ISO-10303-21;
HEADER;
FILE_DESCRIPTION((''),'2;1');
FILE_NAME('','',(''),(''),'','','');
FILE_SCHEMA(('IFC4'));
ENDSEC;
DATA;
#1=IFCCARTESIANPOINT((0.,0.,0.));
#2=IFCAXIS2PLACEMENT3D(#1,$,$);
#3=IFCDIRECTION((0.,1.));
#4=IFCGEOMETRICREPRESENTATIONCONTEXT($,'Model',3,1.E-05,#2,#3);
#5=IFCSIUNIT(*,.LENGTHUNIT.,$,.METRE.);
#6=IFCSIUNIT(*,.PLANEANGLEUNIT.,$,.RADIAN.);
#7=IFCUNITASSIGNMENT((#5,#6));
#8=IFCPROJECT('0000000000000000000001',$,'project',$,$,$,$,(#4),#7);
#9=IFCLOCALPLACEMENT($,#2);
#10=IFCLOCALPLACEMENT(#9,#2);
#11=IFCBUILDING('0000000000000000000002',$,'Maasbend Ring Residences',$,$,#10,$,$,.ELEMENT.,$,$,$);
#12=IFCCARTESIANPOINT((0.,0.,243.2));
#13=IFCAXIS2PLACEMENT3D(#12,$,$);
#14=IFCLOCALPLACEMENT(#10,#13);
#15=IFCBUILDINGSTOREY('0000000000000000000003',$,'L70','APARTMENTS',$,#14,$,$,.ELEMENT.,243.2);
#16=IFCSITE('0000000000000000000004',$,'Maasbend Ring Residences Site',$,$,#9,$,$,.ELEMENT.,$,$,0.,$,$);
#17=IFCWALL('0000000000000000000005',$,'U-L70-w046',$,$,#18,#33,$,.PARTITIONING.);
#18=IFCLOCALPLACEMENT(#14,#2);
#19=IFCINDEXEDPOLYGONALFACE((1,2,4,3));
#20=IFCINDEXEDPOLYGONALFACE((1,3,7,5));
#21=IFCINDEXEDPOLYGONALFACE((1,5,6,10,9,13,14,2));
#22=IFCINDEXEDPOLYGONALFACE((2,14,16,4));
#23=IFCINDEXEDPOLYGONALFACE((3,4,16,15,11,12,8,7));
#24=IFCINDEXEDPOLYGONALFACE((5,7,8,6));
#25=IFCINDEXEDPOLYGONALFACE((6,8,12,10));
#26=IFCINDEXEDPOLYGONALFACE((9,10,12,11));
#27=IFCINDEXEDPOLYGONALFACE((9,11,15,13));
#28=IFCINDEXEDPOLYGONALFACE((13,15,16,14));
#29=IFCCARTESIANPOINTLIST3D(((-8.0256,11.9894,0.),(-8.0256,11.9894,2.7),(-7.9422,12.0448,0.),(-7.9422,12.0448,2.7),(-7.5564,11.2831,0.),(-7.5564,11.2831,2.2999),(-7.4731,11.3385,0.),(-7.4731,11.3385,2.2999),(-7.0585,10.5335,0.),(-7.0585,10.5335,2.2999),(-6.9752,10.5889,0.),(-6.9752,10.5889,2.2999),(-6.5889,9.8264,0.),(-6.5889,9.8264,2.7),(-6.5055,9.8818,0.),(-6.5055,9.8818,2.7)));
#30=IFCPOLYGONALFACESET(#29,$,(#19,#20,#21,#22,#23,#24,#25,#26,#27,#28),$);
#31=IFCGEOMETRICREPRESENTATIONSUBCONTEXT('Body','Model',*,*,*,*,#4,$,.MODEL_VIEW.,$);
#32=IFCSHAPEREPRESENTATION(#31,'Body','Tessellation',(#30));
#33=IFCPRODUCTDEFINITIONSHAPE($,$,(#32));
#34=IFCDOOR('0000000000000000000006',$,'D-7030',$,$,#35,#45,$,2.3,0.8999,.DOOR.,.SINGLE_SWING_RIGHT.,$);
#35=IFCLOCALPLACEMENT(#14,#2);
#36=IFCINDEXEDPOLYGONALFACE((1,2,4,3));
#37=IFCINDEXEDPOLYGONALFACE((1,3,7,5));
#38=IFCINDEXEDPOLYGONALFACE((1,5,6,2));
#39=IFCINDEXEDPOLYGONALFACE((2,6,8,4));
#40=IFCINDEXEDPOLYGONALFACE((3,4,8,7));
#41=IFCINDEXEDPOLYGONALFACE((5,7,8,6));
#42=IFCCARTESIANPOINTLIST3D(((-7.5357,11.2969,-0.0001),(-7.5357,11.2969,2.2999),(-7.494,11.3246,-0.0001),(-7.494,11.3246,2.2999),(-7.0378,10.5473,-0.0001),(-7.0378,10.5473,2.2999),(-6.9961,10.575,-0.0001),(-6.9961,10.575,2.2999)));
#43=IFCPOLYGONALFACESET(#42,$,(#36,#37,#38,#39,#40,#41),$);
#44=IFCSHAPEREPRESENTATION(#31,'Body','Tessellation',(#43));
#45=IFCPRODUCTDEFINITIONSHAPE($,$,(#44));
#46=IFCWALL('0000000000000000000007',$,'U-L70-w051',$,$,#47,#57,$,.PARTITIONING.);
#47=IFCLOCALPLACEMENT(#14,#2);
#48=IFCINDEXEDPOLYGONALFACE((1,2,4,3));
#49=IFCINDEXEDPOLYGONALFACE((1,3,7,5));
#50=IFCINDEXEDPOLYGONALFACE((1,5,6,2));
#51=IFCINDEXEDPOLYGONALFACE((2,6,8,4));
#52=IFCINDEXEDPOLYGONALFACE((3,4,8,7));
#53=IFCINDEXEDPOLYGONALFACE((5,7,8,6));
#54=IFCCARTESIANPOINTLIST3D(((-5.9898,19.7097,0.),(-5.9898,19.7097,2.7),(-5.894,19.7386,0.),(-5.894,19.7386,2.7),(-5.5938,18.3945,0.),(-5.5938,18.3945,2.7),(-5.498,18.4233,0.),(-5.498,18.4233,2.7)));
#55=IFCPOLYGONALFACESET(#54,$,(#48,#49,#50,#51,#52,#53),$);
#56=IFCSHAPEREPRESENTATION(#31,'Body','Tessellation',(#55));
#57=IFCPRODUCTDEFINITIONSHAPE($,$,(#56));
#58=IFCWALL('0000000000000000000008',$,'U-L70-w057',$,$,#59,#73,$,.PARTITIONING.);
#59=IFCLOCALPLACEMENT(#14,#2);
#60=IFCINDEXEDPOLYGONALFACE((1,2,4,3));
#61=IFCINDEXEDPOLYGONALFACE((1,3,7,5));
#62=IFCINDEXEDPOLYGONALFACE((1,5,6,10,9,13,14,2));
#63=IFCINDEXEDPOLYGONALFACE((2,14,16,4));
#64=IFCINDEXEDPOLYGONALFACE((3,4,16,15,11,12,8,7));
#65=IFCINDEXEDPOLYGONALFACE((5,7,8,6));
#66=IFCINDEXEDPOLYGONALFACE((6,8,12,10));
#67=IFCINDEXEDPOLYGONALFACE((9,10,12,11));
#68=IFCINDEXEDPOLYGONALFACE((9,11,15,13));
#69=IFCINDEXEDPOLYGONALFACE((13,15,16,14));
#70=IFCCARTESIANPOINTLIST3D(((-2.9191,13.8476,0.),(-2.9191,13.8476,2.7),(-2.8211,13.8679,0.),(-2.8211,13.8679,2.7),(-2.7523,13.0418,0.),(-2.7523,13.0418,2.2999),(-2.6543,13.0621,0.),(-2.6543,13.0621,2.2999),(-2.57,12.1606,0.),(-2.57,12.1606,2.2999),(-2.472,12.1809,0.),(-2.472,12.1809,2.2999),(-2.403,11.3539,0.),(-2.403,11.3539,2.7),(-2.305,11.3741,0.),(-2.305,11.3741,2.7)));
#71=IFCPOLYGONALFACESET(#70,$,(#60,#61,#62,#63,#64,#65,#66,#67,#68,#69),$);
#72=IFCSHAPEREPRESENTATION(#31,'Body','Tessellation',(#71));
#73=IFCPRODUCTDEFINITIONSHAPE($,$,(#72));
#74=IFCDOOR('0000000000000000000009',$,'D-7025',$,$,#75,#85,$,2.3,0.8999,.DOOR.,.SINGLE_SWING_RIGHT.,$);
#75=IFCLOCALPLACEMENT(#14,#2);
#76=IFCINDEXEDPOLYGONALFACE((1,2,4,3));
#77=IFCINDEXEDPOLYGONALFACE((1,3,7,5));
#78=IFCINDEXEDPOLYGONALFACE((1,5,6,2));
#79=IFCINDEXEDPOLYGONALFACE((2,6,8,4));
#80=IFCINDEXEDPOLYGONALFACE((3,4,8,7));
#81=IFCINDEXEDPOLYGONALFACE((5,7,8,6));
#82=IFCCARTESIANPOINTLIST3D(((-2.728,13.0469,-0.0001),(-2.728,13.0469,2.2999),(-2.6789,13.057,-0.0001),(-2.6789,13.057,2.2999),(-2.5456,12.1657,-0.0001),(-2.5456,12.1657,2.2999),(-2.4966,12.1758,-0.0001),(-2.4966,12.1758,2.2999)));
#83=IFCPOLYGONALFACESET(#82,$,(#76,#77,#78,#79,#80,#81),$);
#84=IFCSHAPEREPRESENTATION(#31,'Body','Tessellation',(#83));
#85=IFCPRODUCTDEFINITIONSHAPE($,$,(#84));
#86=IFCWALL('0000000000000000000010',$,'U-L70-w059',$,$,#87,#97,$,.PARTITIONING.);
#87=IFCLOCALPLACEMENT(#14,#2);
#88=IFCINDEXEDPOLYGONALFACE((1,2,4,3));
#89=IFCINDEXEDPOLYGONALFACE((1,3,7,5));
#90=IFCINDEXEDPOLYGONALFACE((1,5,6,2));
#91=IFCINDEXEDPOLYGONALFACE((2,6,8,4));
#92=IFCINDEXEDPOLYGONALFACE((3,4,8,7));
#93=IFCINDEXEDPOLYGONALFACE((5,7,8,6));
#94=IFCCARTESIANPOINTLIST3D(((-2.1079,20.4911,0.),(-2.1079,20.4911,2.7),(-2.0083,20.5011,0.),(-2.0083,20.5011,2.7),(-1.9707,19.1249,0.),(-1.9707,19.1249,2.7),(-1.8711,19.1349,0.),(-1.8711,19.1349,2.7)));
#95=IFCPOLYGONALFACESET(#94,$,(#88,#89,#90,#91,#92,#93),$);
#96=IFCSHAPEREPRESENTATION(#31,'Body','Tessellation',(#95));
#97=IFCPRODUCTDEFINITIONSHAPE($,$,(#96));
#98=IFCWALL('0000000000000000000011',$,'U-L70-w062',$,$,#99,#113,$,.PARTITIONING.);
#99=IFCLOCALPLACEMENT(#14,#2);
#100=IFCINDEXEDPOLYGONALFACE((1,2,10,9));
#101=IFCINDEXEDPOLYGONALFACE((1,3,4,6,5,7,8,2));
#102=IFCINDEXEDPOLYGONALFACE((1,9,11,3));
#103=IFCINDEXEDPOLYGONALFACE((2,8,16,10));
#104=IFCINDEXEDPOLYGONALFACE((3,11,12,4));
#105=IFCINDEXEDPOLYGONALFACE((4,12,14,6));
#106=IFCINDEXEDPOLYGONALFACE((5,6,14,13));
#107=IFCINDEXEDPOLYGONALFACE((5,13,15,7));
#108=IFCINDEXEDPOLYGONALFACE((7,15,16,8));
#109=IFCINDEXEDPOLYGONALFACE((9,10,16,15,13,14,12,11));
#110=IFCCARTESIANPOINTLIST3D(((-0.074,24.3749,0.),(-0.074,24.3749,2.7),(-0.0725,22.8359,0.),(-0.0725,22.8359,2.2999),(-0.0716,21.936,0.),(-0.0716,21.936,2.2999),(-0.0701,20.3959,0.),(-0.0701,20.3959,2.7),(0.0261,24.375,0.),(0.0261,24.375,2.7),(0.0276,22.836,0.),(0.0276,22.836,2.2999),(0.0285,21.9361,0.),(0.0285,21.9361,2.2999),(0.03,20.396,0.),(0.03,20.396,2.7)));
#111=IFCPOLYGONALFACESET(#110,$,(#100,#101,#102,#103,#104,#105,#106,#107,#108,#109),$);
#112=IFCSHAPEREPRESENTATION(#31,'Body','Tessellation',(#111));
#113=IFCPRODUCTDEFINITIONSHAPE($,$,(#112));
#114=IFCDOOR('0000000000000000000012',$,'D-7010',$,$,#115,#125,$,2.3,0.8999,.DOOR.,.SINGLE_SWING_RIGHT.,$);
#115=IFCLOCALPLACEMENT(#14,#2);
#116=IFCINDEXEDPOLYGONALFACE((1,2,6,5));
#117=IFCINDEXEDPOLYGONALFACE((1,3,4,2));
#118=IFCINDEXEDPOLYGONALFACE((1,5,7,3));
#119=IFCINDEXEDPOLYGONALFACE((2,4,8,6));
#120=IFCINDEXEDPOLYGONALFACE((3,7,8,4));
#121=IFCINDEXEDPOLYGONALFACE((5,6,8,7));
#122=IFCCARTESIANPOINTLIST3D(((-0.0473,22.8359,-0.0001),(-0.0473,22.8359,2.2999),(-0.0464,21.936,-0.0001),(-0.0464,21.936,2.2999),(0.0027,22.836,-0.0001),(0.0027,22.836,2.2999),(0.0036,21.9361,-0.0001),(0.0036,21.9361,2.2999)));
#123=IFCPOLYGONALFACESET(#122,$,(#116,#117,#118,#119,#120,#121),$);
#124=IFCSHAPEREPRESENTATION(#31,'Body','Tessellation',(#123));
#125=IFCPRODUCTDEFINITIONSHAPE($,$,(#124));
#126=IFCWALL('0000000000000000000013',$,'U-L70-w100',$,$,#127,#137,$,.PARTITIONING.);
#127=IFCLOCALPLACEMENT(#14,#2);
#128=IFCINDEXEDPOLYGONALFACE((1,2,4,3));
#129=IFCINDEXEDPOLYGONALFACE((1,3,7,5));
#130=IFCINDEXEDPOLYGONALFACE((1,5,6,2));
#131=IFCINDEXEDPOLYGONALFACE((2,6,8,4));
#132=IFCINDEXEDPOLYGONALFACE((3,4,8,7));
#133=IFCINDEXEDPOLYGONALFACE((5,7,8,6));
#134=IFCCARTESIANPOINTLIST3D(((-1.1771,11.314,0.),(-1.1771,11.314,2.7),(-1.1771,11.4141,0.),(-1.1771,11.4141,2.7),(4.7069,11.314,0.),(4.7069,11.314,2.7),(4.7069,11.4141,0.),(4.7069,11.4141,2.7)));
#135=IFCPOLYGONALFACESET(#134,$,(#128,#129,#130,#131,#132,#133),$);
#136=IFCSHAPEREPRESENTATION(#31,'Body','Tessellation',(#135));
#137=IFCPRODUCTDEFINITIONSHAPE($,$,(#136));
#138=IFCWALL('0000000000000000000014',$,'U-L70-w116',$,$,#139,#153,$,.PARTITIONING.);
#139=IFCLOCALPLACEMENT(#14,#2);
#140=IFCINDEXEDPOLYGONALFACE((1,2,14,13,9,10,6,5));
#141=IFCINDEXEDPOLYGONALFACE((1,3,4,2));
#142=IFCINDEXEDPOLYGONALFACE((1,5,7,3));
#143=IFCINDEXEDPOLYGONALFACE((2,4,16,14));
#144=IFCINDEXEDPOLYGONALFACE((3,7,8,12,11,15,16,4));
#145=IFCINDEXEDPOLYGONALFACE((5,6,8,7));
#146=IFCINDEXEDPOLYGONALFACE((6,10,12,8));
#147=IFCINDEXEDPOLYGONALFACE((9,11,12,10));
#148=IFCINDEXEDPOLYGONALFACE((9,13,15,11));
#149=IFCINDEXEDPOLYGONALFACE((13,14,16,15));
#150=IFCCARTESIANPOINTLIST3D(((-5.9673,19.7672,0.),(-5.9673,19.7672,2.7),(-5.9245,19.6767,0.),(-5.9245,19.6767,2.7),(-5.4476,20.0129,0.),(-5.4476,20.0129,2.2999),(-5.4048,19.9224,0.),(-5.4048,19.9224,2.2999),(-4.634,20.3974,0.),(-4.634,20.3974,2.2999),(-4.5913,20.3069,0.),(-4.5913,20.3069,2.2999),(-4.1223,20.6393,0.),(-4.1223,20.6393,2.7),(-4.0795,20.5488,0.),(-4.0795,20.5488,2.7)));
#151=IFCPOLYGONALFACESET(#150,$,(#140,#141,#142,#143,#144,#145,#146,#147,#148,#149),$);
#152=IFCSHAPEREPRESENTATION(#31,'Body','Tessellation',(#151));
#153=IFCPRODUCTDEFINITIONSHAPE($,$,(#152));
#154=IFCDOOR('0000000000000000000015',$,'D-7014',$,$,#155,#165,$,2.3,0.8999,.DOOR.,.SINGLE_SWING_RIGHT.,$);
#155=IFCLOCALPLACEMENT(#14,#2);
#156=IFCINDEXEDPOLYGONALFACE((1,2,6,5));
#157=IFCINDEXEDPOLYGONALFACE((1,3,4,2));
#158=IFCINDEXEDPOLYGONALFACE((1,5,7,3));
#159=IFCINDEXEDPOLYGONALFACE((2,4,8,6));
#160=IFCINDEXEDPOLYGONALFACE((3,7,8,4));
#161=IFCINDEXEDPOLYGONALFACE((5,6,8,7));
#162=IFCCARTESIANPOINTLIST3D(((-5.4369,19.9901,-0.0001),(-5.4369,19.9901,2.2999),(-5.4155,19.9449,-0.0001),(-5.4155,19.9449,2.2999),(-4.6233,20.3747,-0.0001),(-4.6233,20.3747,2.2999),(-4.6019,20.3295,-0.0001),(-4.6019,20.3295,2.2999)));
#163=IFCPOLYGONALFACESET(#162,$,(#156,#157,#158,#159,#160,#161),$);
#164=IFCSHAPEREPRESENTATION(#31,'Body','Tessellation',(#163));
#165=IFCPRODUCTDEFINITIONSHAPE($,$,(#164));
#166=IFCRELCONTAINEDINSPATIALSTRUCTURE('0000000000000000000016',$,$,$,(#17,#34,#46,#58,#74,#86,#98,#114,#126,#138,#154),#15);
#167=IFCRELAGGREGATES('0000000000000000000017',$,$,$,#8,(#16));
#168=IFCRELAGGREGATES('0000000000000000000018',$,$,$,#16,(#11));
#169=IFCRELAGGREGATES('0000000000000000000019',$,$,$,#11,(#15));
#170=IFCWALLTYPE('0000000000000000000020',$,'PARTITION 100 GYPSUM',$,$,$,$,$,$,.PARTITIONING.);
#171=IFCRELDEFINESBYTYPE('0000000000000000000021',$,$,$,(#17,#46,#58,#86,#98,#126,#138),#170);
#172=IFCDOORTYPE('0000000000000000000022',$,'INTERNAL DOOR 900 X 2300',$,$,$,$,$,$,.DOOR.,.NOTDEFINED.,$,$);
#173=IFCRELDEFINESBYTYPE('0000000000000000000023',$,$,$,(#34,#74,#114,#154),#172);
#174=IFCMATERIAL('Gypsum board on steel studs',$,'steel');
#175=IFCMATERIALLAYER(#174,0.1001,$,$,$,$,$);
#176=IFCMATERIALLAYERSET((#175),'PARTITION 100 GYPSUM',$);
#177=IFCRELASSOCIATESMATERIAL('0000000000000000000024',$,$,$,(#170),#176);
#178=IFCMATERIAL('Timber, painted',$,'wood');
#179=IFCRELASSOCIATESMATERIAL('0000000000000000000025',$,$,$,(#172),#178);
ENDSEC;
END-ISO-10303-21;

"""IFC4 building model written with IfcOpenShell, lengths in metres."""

from ifc_helpers import new_model, si_unit, direction, frame, frame_2d, origin, place, context, subcontext, project, spatial, rectangle, extrude, material, layer, layer_set, type_object, element, fill, save


model = new_model("IFC4")

# Units and contexts
model_context = context("Model", 3, precision=1e-05, world=origin(), true_north=direction((0.0, 1.0)))
body_context = subcontext(model_context, "Body", "Model", "MODEL_VIEW")
ifc_project = project(units=[si_unit("LENGTHUNIT", "METRE"), si_unit("PLANEANGLEUNIT", "RADIAN")], contexts=[model_context])

# Site, building, storey
site_placement = place(None, origin())
site = spatial("IfcSite", under=ifc_project, at=site_placement, Name="Maasbend Ring Residences Site", CompositionType="ELEMENT", RefElevation=0.0)
building_placement = place(site_placement, origin())
building = spatial("IfcBuilding", under=site, at=building_placement, Name="Maasbend Ring Residences", CompositionType="ELEMENT")
storey_placement = place(building_placement, frame((0.0, 0.0, 243.2)))
storey = spatial("IfcBuildingStorey", under=building, at=storey_placement, Name="L70", Description="APARTMENTS", CompositionType="ELEMENT", Elevation=243.2)

# Wall, opening, door
ifc_material_1 = material(Name="Gypsum board on steel studs", Category="steel")
ifc_layer_1 = layer(ifc_material_1, 0.1001)
ifc_layer_set_1 = layer_set([ifc_layer_1], Name="PARTITION 100 GYPSUM")
wall_type_1 = type_object("IfcWallType", Name="PARTITION 100 GYPSUM", PredefinedType="PARTITIONING", material=ifc_layer_set_1)
wall_1_placement = place(storey_placement, frame((-7.9839, 12.0171, 0.0), z_axis=(0.0, 0.0, 1.0), x_axis=(0.553289, -0.832989, 0.0)))
wall_1 = element("IfcWall", 1, at=wall_1_placement, inside=storey, type_object=wall_type_1, Name="U-L70-w046", PredefinedType="PARTITIONING", context=body_context, shape_type="SweptSolid", body=[
    extrude(rectangle(XDim=2.5967, YDim=0.1001, at=frame_2d((1.2983, 0.0))), origin(), (0.0, 0.0, 1.0), 2.7),
])
opening_1_placement = place(wall_1_placement, frame((0.8479, 0.0, 0.0)))
opening_1 = element("IfcOpeningElement", 2, at=opening_1_placement, cuts=wall_1, PredefinedType="OPENING", context=body_context, shape_type="SweptSolid", body=[
    extrude(rectangle(XDim=0.8999, YDim=2.3, at=frame_2d((0.45, 1.1499))), frame((0.0, 0.0601, 0.0), z_axis=(0.0, -1.0, 0.0), x_axis=(1.0, 0.0, 0.0)), (0.0, 0.0, 1.0), 0.1201),
])
ifc_material_2 = material(Name="Timber, painted", Category="wood")
door_type_1 = type_object("IfcDoorType", Name="INTERNAL DOOR 900 X 2300", OperationType="NOTDEFINED", PredefinedType="DOOR", material=ifc_material_2)
door_1_placement = place(opening_1_placement, origin())
door_1 = element("IfcDoor", 3, at=door_1_placement, inside=storey, type_object=door_type_1, Name="D-7030", OperationType="SINGLE_SWING_RIGHT", OverallHeight=2.3, OverallWidth=0.8999, PredefinedType="DOOR", context=body_context, shape_type="SweptSolid", body=[
    extrude(rectangle(XDim=0.8999, YDim=2.3, at=frame_2d((0.45, 1.1499))), frame((0.0, 0.0249, 0.0), z_axis=(0.0, -1.0, 0.0), x_axis=(1.0, 0.0, 0.0)), (0.0, 0.0, 1.0), 0.05),
])
fill(opening_1, door_1)

# Wall
wall_2_placement = place(storey_placement, frame((-5.9419, 19.7241, 0.0), z_axis=(0.0, 0.0, 1.0), x_axis=(0.28831, -0.957537, 0.0)))
element("IfcWall", 4, at=wall_2_placement, inside=storey, type_object=wall_type_1, Name="U-L70-w051", PredefinedType="PARTITIONING", context=body_context, shape_type="SweptSolid", body=[
    extrude(rectangle(XDim=1.3735, YDim=0.1001, at=frame_2d((0.6868, 0.0))), origin(), (0.0, 0.0, 1.0), 2.7),
])

# Wall, opening, door
wall_3_placement = place(storey_placement, frame((-2.8701, 13.8579, 0.0), z_axis=(0.0, 0.0, 1.0), x_axis=(0.202656, -0.97925, 0.0)))
wall_3 = element("IfcWall", 5, at=wall_3_placement, inside=storey, type_object=wall_type_1, Name="U-L70-w057", PredefinedType="PARTITIONING", context=body_context, shape_type="SweptSolid", body=[
    extrude(rectangle(XDim=2.5466, YDim=0.1001, at=frame_2d((1.2734, 0.0))), origin(), (0.0, 0.0, 1.0), 2.7),
])
opening_2_placement = place(wall_3_placement, frame((0.823, 0.0, 0.0)))
opening_2 = element("IfcOpeningElement", 6, at=opening_2_placement, cuts=wall_3, PredefinedType="OPENING", context=body_context, shape_type="SweptSolid", body=[
    extrude(rectangle(XDim=0.8999, YDim=2.3, at=frame_2d((0.45, 1.1499))), frame((0.0, 0.0601, 0.0), z_axis=(0.0, -1.0, 0.0), x_axis=(1.0, 0.0, 0.0)), (0.0, 0.0, 1.0), 0.1201),
])
door_2_placement = place(opening_2_placement, origin())
door_2 = element("IfcDoor", 7, at=door_2_placement, inside=storey, type_object=door_type_1, Name="D-7025", OperationType="SINGLE_SWING_RIGHT", OverallHeight=2.3, OverallWidth=0.8999, PredefinedType="DOOR", context=body_context, shape_type="SweptSolid", body=[
    extrude(rectangle(XDim=0.8999, YDim=2.3, at=frame_2d((0.45, 1.1499))), frame((0.0, 0.0249, 0.0), z_axis=(0.0, -1.0, 0.0), x_axis=(1.0, 0.0, 0.0)), (0.0, 0.0, 1.0), 0.05),
])
fill(opening_2, door_2)

# Wall
wall_4_placement = place(storey_placement, frame((-2.0581, 20.4961, 0.0), z_axis=(0.0, 0.0, 1.0), x_axis=(0.099926, -0.994995, 0.0)))
element("IfcWall", 8, at=wall_4_placement, inside=storey, type_object=wall_type_1, Name="U-L70-w059", PredefinedType="PARTITIONING", context=body_context, shape_type="SweptSolid", body=[
    extrude(rectangle(XDim=1.373, YDim=0.1001, at=frame_2d((0.6865, 0.0))), origin(), (0.0, 0.0, 1.0), 2.7),
])

# Wall, opening, door
wall_5_placement = place(storey_placement, frame((-0.02, 20.396, 0.0), z_axis=(0.0, 0.0, 1.0), x_axis=(-0.000982, 1.0, 0.0)))
wall_5 = element("IfcWall", 9, at=wall_5_placement, inside=storey, type_object=wall_type_1, Name="U-L70-w062", PredefinedType="PARTITIONING", context=body_context, shape_type="SweptSolid", body=[
    extrude(rectangle(XDim=3.979, YDim=0.1001, at=frame_2d((1.9895, 0.0))), origin(), (0.0, 0.0, 1.0), 2.7),
])
opening_3_placement = place(wall_5_placement, frame((1.54, 0.0, 0.0)))
opening_3 = element("IfcOpeningElement", 10, at=opening_3_placement, cuts=wall_5, PredefinedType="OPENING", context=body_context, shape_type="SweptSolid", body=[
    extrude(rectangle(XDim=0.8999, YDim=2.3, at=frame_2d((0.45, 1.1499))), frame((0.0, 0.0601, 0.0), z_axis=(0.0, -1.0, 0.0), x_axis=(1.0, 0.0, 0.0)), (0.0, 0.0, 1.0), 0.1201),
])
door_3_placement = place(opening_3_placement, origin())
door_3 = element("IfcDoor", 11, at=door_3_placement, inside=storey, type_object=door_type_1, Name="D-7010", OperationType="SINGLE_SWING_RIGHT", OverallHeight=2.3, OverallWidth=0.8999, PredefinedType="DOOR", context=body_context, shape_type="SweptSolid", body=[
    extrude(rectangle(XDim=0.8999, YDim=2.3, at=frame_2d((0.45, 1.1499))), frame((0.0, 0.0249, 0.0), z_axis=(0.0, -1.0, 0.0), x_axis=(1.0, 0.0, 0.0)), (0.0, 0.0, 1.0), 0.05),
])
fill(opening_3, door_3)

# Wall
wall_6_placement = place(storey_placement, frame((-1.177, 11.364, 0.0), z_axis=(0.0, 0.0, 1.0), x_axis=(1.0, 0.0, 0.0)))
element("IfcWall", 12, at=wall_6_placement, inside=storey, type_object=wall_type_1, Name="U-L70-w100", PredefinedType="PARTITIONING", context=body_context, shape_type="SweptSolid", body=[
    extrude(rectangle(XDim=5.884, YDim=0.1001, at=frame_2d((2.9419, 0.0))), origin(), (0.0, 0.0, 1.0), 2.7),
])

# Wall, opening, door
wall_7_placement = place(storey_placement, frame((-5.946, 19.7219, 0.0), z_axis=(0.0, 0.0, 1.0), x_axis=(0.904091, 0.427341, 0.0)))
wall_7 = element("IfcWall", 13, at=wall_7_placement, inside=storey, type_object=wall_type_1, Name="U-L70-w116", PredefinedType="PARTITIONING", context=body_context, shape_type="SweptSolid", body=[
    extrude(rectangle(XDim=2.0408, YDim=0.1001, at=frame_2d((1.0205, 0.0))), origin(), (0.0, 0.0, 1.0), 2.7),
])
opening_4_placement = place(wall_7_placement, frame((0.575, 0.0, 0.0)))
opening_4 = element("IfcOpeningElement", 14, at=opening_4_placement, cuts=wall_7, PredefinedType="OPENING", context=body_context, shape_type="SweptSolid", body=[
    extrude(rectangle(XDim=0.8999, YDim=2.3, at=frame_2d((0.45, 1.1499))), frame((0.0, 0.0601, 0.0), z_axis=(0.0, -1.0, 0.0), x_axis=(1.0, 0.0, 0.0)), (0.0, 0.0, 1.0), 0.1201),
])
door_4_placement = place(opening_4_placement, origin())
door_4 = element("IfcDoor", 15, at=door_4_placement, inside=storey, type_object=door_type_1, Name="D-7014", OperationType="SINGLE_SWING_RIGHT", OverallHeight=2.3, OverallWidth=0.8999, PredefinedType="DOOR", context=body_context, shape_type="SweptSolid", body=[
    extrude(rectangle(XDim=0.8999, YDim=2.3, at=frame_2d((0.45, 1.1499))), frame((0.0, 0.0249, 0.0), z_axis=(0.0, -1.0, 0.0), x_axis=(1.0, 0.0, 0.0)), (0.0, 0.0, 1.0), 0.05),
])
fill(opening_4, door_4)

save(model, "model.ifc")
